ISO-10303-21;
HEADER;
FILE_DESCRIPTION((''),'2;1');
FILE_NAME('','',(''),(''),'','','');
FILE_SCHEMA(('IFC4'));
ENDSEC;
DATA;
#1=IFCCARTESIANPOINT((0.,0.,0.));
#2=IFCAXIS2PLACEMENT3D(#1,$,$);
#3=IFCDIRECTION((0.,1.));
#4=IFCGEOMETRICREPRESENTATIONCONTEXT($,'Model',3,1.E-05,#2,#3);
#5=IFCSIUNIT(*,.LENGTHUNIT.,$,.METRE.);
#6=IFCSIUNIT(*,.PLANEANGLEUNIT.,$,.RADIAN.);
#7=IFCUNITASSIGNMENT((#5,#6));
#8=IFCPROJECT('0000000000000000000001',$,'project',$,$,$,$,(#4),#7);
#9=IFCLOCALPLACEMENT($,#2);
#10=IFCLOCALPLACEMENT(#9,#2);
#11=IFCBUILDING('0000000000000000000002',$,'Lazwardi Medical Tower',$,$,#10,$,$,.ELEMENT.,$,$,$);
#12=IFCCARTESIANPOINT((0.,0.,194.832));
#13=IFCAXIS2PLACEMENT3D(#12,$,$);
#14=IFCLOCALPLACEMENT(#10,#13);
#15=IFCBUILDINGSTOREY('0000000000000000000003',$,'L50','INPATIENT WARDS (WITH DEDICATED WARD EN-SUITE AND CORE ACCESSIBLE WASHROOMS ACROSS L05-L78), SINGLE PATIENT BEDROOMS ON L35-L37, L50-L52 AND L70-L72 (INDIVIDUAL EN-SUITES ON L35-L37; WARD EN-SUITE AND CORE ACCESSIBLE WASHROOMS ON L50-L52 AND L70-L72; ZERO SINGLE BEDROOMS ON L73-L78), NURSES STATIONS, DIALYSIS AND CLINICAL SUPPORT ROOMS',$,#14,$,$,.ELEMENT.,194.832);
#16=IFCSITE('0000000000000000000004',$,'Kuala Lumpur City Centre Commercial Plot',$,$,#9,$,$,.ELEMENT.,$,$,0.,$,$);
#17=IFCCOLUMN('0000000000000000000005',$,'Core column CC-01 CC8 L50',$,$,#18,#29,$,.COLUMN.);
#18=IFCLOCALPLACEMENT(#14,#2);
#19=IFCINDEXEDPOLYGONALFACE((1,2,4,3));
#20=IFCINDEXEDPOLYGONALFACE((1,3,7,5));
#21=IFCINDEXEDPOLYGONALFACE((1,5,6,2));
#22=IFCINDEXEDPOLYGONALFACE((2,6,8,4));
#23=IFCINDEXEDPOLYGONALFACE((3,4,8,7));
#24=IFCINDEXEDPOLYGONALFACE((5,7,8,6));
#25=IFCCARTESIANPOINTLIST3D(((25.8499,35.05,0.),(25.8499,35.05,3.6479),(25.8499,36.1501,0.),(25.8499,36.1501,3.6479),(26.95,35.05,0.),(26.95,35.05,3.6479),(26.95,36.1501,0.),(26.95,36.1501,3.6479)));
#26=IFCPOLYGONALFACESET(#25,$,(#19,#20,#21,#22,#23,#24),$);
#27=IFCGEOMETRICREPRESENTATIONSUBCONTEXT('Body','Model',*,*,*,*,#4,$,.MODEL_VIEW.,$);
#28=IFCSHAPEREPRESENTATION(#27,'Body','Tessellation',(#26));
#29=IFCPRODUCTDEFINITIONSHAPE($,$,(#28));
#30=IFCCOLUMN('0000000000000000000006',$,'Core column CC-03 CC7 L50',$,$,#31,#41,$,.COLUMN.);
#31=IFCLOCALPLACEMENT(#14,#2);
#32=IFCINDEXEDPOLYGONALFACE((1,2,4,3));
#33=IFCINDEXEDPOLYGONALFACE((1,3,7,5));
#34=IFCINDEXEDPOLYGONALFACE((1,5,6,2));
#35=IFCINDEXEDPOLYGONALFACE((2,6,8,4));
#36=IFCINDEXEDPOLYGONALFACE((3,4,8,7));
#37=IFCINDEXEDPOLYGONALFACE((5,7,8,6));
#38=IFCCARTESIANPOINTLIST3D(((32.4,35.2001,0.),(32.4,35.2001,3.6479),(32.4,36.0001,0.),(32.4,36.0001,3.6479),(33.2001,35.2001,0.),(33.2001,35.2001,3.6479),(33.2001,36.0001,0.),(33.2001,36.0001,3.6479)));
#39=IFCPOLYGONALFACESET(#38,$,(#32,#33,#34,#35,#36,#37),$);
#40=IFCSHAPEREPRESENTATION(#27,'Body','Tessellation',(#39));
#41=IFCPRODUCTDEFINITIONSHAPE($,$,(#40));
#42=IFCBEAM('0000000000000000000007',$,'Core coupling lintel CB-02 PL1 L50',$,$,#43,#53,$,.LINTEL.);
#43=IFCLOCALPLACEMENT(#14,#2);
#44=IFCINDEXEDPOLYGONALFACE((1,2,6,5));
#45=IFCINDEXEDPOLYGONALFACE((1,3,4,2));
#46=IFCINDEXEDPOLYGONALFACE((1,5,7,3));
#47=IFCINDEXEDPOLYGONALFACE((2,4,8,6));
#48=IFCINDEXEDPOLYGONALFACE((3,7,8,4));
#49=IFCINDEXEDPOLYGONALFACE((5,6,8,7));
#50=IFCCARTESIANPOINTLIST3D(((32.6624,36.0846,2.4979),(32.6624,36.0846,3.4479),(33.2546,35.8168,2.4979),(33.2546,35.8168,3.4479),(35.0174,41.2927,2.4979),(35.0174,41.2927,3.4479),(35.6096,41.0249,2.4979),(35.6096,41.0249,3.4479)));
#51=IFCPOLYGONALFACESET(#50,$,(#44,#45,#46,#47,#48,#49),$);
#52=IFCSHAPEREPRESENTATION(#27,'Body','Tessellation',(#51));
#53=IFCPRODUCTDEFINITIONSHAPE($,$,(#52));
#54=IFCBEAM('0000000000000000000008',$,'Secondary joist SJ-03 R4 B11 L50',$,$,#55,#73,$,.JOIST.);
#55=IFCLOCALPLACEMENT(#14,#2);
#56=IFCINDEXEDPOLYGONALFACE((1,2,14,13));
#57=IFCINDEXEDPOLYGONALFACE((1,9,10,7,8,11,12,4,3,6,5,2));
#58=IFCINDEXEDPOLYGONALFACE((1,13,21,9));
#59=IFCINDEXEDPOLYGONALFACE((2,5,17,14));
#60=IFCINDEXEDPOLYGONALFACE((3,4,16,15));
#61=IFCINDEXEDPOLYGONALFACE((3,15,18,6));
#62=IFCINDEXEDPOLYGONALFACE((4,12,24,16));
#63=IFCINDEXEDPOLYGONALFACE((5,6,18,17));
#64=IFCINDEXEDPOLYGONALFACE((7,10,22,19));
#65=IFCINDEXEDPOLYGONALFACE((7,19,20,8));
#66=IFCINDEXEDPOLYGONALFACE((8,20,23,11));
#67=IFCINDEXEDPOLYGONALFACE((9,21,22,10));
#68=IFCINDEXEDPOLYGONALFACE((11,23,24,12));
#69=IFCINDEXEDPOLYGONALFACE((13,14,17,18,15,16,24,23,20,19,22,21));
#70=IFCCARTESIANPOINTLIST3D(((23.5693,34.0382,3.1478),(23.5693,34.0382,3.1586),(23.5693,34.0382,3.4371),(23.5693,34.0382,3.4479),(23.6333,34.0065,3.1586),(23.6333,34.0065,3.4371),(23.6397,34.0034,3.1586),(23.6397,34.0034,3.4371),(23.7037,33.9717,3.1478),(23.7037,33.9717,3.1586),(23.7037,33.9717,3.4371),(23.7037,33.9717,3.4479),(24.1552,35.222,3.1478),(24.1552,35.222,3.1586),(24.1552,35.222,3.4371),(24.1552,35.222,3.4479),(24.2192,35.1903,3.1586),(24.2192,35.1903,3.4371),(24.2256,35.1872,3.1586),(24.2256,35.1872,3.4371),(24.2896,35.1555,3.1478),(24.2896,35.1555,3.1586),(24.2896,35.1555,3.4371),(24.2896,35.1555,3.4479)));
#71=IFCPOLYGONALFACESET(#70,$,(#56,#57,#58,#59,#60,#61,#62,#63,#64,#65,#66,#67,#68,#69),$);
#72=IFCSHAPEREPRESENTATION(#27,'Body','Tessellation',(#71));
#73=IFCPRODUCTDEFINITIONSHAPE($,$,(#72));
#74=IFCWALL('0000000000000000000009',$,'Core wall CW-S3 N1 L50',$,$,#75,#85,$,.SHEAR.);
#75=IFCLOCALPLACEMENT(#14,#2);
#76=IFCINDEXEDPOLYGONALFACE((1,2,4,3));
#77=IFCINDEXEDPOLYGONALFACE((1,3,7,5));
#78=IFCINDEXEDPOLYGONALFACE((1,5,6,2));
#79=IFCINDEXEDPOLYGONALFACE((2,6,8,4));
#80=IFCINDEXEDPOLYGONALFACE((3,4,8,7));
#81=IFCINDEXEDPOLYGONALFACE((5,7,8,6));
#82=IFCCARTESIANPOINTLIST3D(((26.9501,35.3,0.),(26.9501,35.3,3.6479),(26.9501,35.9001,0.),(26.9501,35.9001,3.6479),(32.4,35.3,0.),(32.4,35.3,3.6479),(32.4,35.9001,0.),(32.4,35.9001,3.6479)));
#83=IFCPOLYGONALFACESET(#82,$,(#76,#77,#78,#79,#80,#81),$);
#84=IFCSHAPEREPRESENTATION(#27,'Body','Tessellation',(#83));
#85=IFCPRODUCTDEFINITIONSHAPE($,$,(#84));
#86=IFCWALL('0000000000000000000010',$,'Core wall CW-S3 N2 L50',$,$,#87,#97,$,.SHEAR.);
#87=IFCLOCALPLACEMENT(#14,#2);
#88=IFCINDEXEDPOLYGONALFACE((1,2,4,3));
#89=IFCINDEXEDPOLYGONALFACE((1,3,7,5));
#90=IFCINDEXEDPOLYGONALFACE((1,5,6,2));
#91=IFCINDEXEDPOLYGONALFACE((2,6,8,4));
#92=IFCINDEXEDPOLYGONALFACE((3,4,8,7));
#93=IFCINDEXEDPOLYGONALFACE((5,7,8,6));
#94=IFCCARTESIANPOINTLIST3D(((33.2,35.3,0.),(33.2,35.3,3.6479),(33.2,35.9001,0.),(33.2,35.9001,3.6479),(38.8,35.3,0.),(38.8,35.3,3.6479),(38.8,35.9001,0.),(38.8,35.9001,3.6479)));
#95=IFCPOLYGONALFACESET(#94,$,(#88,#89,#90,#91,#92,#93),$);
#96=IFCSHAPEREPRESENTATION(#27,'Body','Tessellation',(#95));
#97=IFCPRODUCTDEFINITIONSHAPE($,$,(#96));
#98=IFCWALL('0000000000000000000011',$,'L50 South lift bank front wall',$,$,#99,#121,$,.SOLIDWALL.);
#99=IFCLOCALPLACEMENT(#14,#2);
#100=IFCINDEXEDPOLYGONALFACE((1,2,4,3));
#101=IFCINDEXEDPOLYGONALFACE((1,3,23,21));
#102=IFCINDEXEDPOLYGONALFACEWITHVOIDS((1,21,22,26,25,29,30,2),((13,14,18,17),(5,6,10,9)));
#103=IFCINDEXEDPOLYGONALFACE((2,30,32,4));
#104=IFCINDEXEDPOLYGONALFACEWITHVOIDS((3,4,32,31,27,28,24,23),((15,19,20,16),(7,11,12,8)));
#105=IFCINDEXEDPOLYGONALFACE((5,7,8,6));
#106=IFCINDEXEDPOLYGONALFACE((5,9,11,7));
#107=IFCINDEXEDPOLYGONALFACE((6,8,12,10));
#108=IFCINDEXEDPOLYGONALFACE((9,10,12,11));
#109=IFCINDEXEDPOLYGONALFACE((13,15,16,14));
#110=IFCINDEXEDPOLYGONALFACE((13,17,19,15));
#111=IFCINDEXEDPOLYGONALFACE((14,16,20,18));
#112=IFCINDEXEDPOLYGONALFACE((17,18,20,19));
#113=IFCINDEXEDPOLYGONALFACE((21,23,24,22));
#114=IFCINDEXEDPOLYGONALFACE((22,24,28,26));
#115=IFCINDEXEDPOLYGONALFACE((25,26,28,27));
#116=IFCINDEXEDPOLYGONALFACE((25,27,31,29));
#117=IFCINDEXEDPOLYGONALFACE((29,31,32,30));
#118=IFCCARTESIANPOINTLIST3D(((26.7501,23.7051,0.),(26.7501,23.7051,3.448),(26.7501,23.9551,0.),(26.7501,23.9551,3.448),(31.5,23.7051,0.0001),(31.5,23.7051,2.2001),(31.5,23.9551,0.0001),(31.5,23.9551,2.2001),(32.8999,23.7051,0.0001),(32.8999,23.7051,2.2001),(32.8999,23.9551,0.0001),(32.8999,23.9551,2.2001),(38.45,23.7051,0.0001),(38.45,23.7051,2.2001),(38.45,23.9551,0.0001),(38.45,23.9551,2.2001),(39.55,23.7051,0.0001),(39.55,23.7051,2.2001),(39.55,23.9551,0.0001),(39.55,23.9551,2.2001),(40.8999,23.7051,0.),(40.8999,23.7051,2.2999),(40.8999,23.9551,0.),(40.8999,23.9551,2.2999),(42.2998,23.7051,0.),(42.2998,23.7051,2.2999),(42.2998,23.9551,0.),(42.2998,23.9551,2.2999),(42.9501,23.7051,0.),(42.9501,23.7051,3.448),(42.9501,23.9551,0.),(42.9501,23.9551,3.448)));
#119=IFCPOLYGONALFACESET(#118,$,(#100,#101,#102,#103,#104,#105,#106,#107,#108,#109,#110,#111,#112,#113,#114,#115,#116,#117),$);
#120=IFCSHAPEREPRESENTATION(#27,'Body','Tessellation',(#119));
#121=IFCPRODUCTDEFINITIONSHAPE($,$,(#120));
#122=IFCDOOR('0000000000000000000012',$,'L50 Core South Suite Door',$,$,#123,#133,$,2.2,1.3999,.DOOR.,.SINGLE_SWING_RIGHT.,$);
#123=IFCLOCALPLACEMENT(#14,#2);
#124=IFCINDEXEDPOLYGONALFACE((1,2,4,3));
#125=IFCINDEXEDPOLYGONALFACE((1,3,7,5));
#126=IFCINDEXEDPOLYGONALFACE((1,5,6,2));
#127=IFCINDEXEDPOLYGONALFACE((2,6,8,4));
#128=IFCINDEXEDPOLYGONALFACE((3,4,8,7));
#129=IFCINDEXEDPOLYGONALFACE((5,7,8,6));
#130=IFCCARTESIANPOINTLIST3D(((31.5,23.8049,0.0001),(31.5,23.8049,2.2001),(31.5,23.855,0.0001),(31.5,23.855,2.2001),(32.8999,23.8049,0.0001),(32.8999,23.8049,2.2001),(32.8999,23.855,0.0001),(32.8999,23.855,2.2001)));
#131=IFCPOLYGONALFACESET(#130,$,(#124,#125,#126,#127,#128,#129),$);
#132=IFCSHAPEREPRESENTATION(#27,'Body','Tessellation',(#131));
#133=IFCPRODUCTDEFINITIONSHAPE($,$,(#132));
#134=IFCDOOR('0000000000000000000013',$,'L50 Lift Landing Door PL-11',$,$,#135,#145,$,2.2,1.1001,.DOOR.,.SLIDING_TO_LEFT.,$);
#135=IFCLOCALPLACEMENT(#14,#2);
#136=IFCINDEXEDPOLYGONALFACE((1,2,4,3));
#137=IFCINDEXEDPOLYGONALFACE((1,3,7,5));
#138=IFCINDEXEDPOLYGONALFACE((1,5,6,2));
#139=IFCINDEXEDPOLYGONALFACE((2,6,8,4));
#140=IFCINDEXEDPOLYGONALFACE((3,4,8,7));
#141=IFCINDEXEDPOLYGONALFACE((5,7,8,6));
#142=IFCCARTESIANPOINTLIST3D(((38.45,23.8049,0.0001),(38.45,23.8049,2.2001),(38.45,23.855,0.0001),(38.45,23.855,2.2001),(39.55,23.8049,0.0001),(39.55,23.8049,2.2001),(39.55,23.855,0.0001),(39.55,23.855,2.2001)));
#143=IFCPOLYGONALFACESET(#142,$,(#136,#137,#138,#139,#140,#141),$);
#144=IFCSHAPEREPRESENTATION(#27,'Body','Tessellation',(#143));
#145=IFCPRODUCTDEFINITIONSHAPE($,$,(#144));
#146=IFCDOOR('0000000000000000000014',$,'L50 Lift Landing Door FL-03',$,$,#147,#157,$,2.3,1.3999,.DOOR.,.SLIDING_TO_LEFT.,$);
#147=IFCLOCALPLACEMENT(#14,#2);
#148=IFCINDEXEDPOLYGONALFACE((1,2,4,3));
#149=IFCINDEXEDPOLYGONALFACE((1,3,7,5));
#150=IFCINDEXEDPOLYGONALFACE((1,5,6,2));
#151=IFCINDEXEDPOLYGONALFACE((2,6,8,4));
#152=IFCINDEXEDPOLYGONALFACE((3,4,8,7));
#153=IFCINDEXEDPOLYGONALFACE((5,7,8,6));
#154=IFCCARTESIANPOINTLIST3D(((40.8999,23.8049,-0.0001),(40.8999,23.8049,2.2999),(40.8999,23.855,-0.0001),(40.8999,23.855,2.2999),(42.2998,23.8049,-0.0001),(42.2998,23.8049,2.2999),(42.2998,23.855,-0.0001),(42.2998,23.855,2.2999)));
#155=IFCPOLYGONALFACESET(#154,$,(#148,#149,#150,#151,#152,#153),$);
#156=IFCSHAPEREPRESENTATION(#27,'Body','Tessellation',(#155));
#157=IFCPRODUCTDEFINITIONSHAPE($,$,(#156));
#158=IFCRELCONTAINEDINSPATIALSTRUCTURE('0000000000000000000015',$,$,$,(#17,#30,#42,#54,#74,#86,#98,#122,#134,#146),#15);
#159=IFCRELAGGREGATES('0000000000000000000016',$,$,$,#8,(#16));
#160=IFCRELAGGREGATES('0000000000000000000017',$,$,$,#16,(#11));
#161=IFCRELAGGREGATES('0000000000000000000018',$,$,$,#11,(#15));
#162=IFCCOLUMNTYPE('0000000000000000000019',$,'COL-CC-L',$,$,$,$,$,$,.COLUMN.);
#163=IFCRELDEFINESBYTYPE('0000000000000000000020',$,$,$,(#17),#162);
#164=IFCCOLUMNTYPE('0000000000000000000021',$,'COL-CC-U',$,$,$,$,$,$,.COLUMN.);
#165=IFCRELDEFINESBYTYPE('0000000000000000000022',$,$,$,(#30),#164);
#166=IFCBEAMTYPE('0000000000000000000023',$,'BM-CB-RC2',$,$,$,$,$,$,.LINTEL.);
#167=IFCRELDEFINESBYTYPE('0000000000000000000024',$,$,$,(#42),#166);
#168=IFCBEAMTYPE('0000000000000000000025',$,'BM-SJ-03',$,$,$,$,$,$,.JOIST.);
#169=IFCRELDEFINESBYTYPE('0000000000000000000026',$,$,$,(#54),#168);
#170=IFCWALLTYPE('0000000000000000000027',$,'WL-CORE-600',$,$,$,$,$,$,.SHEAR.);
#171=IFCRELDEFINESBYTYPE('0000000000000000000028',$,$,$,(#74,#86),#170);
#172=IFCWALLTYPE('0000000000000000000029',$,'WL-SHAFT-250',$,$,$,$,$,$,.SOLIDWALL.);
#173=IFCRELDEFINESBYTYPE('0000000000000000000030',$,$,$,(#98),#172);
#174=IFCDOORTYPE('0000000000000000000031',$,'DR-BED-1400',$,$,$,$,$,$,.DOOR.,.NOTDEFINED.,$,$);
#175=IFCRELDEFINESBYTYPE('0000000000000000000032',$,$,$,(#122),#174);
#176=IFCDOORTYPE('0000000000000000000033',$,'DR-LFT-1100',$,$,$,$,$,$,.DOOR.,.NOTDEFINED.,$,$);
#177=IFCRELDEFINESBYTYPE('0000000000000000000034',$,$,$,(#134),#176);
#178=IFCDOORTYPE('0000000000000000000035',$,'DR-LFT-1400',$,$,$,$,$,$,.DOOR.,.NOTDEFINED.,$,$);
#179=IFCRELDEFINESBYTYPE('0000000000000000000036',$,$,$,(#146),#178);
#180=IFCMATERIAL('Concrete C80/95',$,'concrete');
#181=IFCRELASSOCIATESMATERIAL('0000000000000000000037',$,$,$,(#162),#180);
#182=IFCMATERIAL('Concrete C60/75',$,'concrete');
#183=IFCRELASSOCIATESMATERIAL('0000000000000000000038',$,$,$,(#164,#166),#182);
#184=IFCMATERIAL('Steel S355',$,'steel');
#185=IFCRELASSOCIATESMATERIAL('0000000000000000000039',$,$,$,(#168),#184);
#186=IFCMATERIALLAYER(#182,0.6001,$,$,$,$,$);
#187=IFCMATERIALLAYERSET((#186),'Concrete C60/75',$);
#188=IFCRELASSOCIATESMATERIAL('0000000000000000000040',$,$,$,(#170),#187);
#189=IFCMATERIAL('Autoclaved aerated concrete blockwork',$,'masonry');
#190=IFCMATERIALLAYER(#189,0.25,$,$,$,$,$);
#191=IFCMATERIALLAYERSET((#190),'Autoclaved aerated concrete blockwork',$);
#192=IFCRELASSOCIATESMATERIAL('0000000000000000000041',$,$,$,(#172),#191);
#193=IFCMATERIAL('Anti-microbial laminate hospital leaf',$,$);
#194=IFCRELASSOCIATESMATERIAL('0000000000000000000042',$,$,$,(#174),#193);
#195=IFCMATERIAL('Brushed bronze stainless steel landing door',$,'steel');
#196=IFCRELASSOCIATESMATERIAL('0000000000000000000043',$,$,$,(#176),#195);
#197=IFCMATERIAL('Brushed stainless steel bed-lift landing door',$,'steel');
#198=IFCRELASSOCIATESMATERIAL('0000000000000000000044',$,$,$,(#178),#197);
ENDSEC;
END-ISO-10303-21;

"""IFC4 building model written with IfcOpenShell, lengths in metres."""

from ifc_helpers import new_model, si_unit, direction, frame, frame_2d, origin, origin_2d, place, context, subcontext, project, spatial, rectangle, i_section, extrude, material, layer, layer_set, material_profile, profile_set, type_object, element, fill, save


model = new_model("IFC4")

# Units and contexts
model_context = context("Model", 3, precision=1e-05, world=origin(), true_north=direction((0.0, 1.0)))
body_context = subcontext(model_context, "Body", "Model", "MODEL_VIEW")
ifc_project = project(units=[si_unit("LENGTHUNIT", "METRE"), si_unit("PLANEANGLEUNIT", "RADIAN")], contexts=[model_context])

# Site, building, storey
site_placement = place(None, origin())
site = spatial("IfcSite", under=ifc_project, at=site_placement, Name="Kuala Lumpur City Centre Commercial Plot", CompositionType="ELEMENT", RefElevation=0.0)
building_placement = place(site_placement, origin())
building = spatial("IfcBuilding", under=site, at=building_placement, Name="Lazwardi Medical Tower", CompositionType="ELEMENT")
storey_placement = place(building_placement, frame((0.0, 0.0, 194.832)))
storey = spatial("IfcBuildingStorey", under=building, at=storey_placement, Name="L50", Description="INPATIENT WARDS (WITH DEDICATED WARD EN-SUITE AND CORE ACCESSIBLE WASHROOMS ACROSS L05-L78), SINGLE PATIENT BEDROOMS ON L35-L37, L50-L52 AND L70-L72 (INDIVIDUAL EN-SUITES ON L35-L37; WARD EN-SUITE AND CORE ACCESSIBLE WASHROOMS ON L50-L52 AND L70-L72; ZERO SINGLE BEDROOMS ON L73-L78), NURSES STATIONS, DIALYSIS AND CLINICAL SUPPORT ROOMS", CompositionType="ELEMENT", Elevation=194.832)

# Columns
ifc_material_1 = material(Name="Concrete C80/95", Category="concrete")
ifc_material_profile_1 = material_profile(ifc_material_1, rectangle(XDim=1.1001, YDim=1.1001, at=origin_2d()), Name="RC 1100x1100")
ifc_profile_set_1 = profile_set([ifc_material_profile_1], Name="Concrete C80/95")
column_type_1 = type_object("IfcColumnType", Name="COL-CC-L", PredefinedType="COLUMN", material=ifc_profile_set_1)
column_1_placement = place(storey_placement, frame((26.3999, 35.6001, 0.0), z_axis=(0.0, 0.0, 1.0), x_axis=(1.0, 0.0, 0.0)))
element("IfcColumn", 1, at=column_1_placement, inside=storey, type_object=column_type_1, Name="Core column CC-01 CC8 L50", PredefinedType="COLUMN", context=body_context, shape_type="SweptSolid", body=[
    extrude(rectangle(XDim=1.1001, YDim=1.1001, at=origin_2d()), origin(), (0.0, 0.0, 1.0), 3.6479),
])
ifc_material_2 = material(Name="Concrete C60/75", Category="concrete")
ifc_material_profile_2 = material_profile(ifc_material_2, rectangle(XDim=0.8, YDim=0.8, at=origin_2d()), Name="RC 800x800")
ifc_profile_set_2 = profile_set([ifc_material_profile_2], Name="Concrete C60/75")
column_type_2 = type_object("IfcColumnType", Name="COL-CC-U", PredefinedType="COLUMN", material=ifc_profile_set_2)
column_2_placement = place(storey_placement, frame((32.8, 35.6001, 0.0), z_axis=(0.0, 0.0, 1.0), x_axis=(1.0, 0.0, 0.0)))
element("IfcColumn", 2, at=column_2_placement, inside=storey, type_object=column_type_2, Name="Core column CC-03 CC7 L50", PredefinedType="COLUMN", context=body_context, shape_type="SweptSolid", body=[
    extrude(rectangle(XDim=0.8, YDim=0.8, at=origin_2d()), origin(), (0.0, 0.0, 1.0), 3.6479),
])

# Beams
ifc_material_profile_3 = material_profile(ifc_material_2, rectangle(XDim=0.6499, YDim=0.95, at=origin_2d()), Name="RC 650x950")
ifc_profile_set_3 = profile_set([ifc_material_profile_3], Name="Concrete C60/75")
beam_type_1 = type_object("IfcBeamType", Name="BM-CB-RC2", PredefinedType="LINTEL", material=ifc_profile_set_3)
beam_1_placement = place(storey_placement, frame((32.9585, 35.9507, 2.9729), z_axis=(0.412019, 0.911175, 0.0), x_axis=(-0.911175, 0.412019, 0.0)))
element("IfcBeam", 3, at=beam_1_placement, inside=storey, type_object=beam_type_1, Name="Core coupling lintel CB-02 PL1 L50", PredefinedType="LINTEL", context=body_context, shape_type="SweptSolid", body=[
    extrude(rectangle(XDim=0.6499, YDim=0.95, at=origin_2d()), origin(), (0.0, 0.0, 1.0), 5.7158),
])
ifc_material_3 = material(Name="Steel S355", Category="steel")
ifc_material_profile_4 = material_profile(ifc_material_3, i_section(OverallWidth=0.1499, OverallDepth=0.3, WebThickness=0.0071, FlangeThickness=0.0107, at=origin_2d()), Name="IPE 300")
ifc_profile_set_4 = profile_set([ifc_material_profile_4], Name="Steel S355")
beam_type_2 = type_object("IfcBeamType", Name="BM-SJ-03", PredefinedType="JOIST", material=ifc_profile_set_4)
beam_2_placement = place(storey_placement, frame((24.2224, 35.1887, 3.2979), z_axis=(-0.443587, -0.896231, 0.0), x_axis=(0.896231, -0.443587, 0.0)))
element("IfcBeam", 4, at=beam_2_placement, inside=storey, type_object=beam_type_2, Name="Secondary joist SJ-03 R4 B11 L50", PredefinedType="JOIST", context=body_context, shape_type="SweptSolid", body=[
    extrude(i_section(OverallWidth=0.1499, OverallDepth=0.3, WebThickness=0.0071, FlangeThickness=0.0107, at=origin_2d()), origin(), (0.0, 0.0, 1.0), 1.3208),
])

# Walls
ifc_layer_1 = layer(ifc_material_2, 0.6001)
ifc_layer_set_1 = layer_set([ifc_layer_1], Name="Concrete C60/75")
wall_type_1 = type_object("IfcWallType", Name="WL-CORE-600", PredefinedType="SHEAR", material=ifc_layer_set_1)
wall_1_placement = place(storey_placement, frame((26.95, 35.6001, 0.0), z_axis=(0.0, 0.0, 1.0), x_axis=(1.0, 0.0, 0.0)))
element("IfcWall", 5, at=wall_1_placement, inside=storey, type_object=wall_type_1, Name="Core wall CW-S3 N1 L50", PredefinedType="SHEAR", context=body_context, shape_type="SweptSolid", body=[
    extrude(rectangle(XDim=5.45, YDim=0.6001, at=frame_2d((2.7251, 0.0))), origin(), (0.0, 0.0, 1.0), 3.6479),
])
wall_2_placement = place(storey_placement, frame((33.2, 35.6001, 0.0), z_axis=(0.0, 0.0, 1.0), x_axis=(1.0, 0.0, 0.0)))
element("IfcWall", 6, at=wall_2_placement, inside=storey, type_object=wall_type_1, Name="Core wall CW-S3 N2 L50", PredefinedType="SHEAR", context=body_context, shape_type="SweptSolid", body=[
    extrude(rectangle(XDim=5.6001, YDim=0.6001, at=frame_2d((2.8, 0.0))), origin(), (0.0, 0.0, 1.0), 3.6479),
])

# Wall, openings, doors
ifc_material_4 = material(Name="Autoclaved aerated concrete blockwork", Category="masonry")
ifc_layer_2 = layer(ifc_material_4, 0.25)
ifc_layer_set_2 = layer_set([ifc_layer_2], Name="Autoclaved aerated concrete blockwork")
wall_type_2 = type_object("IfcWallType", Name="WL-SHAFT-250", PredefinedType="SOLIDWALL", material=ifc_layer_set_2)
wall_3_placement = place(storey_placement, frame((26.75, 23.8301, 0.0), z_axis=(0.0, 0.0, 1.0), x_axis=(1.0, 0.0, 0.0)))
wall_3 = element("IfcWall", 7, at=wall_3_placement, inside=storey, type_object=wall_type_2, Name="L50 South lift bank front wall", PredefinedType="SOLIDWALL", context=body_context, shape_type="SweptSolid", body=[
    extrude(rectangle(XDim=16.2, YDim=0.25, at=frame_2d((8.1001, 0.0))), origin(), (0.0, 0.0, 1.0), 3.448),
])
opening_1_placement = place(wall_3_placement, frame((4.75, 0.0, 0.0)))
opening_1 = element("IfcOpeningElement", 8, at=opening_1_placement, cuts=wall_3, PredefinedType="OPENING", context=body_context, shape_type="SweptSolid", body=[
    extrude(rectangle(XDim=1.3999, YDim=2.2, at=frame_2d((0.7, 1.1001))), frame((0.0, 0.135, 0.0), z_axis=(0.0, -1.0, 0.0), x_axis=(1.0, 0.0, 0.0)), (0.0, 0.0, 1.0), 0.27),
])
opening_2_placement = place(wall_3_placement, frame((11.7, 0.0, 0.0)))
opening_2 = element("IfcOpeningElement", 9, at=opening_2_placement, cuts=wall_3, PredefinedType="OPENING", context=body_context, shape_type="SweptSolid", body=[
    extrude(rectangle(XDim=1.1001, YDim=2.2, at=frame_2d((0.55, 1.1001))), frame((0.0, 0.135, 0.0), z_axis=(0.0, -1.0, 0.0), x_axis=(1.0, 0.0, 0.0)), (0.0, 0.0, 1.0), 0.27),
])
opening_3_placement = place(wall_3_placement, frame((14.1499, 0.0, 0.0)))
opening_3 = element("IfcOpeningElement", 10, at=opening_3_placement, cuts=wall_3, PredefinedType="OPENING", context=body_context, shape_type="SweptSolid", body=[
    extrude(rectangle(XDim=1.3999, YDim=2.3, at=frame_2d((0.7, 1.1499))), frame((0.0, 0.135, 0.0), z_axis=(0.0, -1.0, 0.0), x_axis=(1.0, 0.0, 0.0)), (0.0, 0.0, 1.0), 0.27),
])
ifc_material_5 = material(Name="Anti-microbial laminate hospital leaf")
door_type_1 = type_object("IfcDoorType", Name="DR-BED-1400", OperationType="NOTDEFINED", PredefinedType="DOOR", material=ifc_material_5)
door_1_placement = place(opening_1_placement, origin())
door_1 = element("IfcDoor", 11, at=door_1_placement, inside=storey, type_object=door_type_1, Name="L50 Core South Suite Door", OperationType="SINGLE_SWING_RIGHT", OverallHeight=2.2, OverallWidth=1.3999, PredefinedType="DOOR", context=body_context, shape_type="SweptSolid", body=[
    extrude(rectangle(XDim=1.3999, YDim=2.2, at=frame_2d((0.7, 1.1001))), frame((0.0, 0.0249, 0.0), z_axis=(0.0, -1.0, 0.0), x_axis=(1.0, 0.0, 0.0)), (0.0, 0.0, 1.0), 0.05),
])
fill(opening_1, door_1)
ifc_material_6 = material(Name="Brushed bronze stainless steel landing door", Category="steel")
door_type_2 = type_object("IfcDoorType", Name="DR-LFT-1100", OperationType="NOTDEFINED", PredefinedType="DOOR", material=ifc_material_6)
door_2_placement = place(opening_2_placement, origin())
door_2 = element("IfcDoor", 12, at=door_2_placement, inside=storey, type_object=door_type_2, Name="L50 Lift Landing Door PL-11", OperationType="SLIDING_TO_LEFT", OverallHeight=2.2, OverallWidth=1.1001, PredefinedType="DOOR", context=body_context, shape_type="SweptSolid", body=[
    extrude(rectangle(XDim=1.1001, YDim=2.2, at=frame_2d((0.55, 1.1001))), frame((0.0, 0.0249, 0.0), z_axis=(0.0, -1.0, 0.0), x_axis=(1.0, 0.0, 0.0)), (0.0, 0.0, 1.0), 0.05),
])
fill(opening_2, door_2)
ifc_material_7 = material(Name="Brushed stainless steel bed-lift landing door", Category="steel")
door_type_3 = type_object("IfcDoorType", Name="DR-LFT-1400", OperationType="NOTDEFINED", PredefinedType="DOOR", material=ifc_material_7)
door_3_placement = place(opening_3_placement, origin())
door_3 = element("IfcDoor", 13, at=door_3_placement, inside=storey, type_object=door_type_3, Name="L50 Lift Landing Door FL-03", OperationType="SLIDING_TO_LEFT", OverallHeight=2.3, OverallWidth=1.3999, PredefinedType="DOOR", context=body_context, shape_type="SweptSolid", body=[
    extrude(rectangle(XDim=1.3999, YDim=2.3, at=frame_2d((0.7, 1.1499))), frame((0.0, 0.0249, 0.0), z_axis=(0.0, -1.0, 0.0), x_axis=(1.0, 0.0, 0.0)), (0.0, 0.0, 1.0), 0.05),
])
fill(opening_3, door_3)

save(model, "model.ifc")
